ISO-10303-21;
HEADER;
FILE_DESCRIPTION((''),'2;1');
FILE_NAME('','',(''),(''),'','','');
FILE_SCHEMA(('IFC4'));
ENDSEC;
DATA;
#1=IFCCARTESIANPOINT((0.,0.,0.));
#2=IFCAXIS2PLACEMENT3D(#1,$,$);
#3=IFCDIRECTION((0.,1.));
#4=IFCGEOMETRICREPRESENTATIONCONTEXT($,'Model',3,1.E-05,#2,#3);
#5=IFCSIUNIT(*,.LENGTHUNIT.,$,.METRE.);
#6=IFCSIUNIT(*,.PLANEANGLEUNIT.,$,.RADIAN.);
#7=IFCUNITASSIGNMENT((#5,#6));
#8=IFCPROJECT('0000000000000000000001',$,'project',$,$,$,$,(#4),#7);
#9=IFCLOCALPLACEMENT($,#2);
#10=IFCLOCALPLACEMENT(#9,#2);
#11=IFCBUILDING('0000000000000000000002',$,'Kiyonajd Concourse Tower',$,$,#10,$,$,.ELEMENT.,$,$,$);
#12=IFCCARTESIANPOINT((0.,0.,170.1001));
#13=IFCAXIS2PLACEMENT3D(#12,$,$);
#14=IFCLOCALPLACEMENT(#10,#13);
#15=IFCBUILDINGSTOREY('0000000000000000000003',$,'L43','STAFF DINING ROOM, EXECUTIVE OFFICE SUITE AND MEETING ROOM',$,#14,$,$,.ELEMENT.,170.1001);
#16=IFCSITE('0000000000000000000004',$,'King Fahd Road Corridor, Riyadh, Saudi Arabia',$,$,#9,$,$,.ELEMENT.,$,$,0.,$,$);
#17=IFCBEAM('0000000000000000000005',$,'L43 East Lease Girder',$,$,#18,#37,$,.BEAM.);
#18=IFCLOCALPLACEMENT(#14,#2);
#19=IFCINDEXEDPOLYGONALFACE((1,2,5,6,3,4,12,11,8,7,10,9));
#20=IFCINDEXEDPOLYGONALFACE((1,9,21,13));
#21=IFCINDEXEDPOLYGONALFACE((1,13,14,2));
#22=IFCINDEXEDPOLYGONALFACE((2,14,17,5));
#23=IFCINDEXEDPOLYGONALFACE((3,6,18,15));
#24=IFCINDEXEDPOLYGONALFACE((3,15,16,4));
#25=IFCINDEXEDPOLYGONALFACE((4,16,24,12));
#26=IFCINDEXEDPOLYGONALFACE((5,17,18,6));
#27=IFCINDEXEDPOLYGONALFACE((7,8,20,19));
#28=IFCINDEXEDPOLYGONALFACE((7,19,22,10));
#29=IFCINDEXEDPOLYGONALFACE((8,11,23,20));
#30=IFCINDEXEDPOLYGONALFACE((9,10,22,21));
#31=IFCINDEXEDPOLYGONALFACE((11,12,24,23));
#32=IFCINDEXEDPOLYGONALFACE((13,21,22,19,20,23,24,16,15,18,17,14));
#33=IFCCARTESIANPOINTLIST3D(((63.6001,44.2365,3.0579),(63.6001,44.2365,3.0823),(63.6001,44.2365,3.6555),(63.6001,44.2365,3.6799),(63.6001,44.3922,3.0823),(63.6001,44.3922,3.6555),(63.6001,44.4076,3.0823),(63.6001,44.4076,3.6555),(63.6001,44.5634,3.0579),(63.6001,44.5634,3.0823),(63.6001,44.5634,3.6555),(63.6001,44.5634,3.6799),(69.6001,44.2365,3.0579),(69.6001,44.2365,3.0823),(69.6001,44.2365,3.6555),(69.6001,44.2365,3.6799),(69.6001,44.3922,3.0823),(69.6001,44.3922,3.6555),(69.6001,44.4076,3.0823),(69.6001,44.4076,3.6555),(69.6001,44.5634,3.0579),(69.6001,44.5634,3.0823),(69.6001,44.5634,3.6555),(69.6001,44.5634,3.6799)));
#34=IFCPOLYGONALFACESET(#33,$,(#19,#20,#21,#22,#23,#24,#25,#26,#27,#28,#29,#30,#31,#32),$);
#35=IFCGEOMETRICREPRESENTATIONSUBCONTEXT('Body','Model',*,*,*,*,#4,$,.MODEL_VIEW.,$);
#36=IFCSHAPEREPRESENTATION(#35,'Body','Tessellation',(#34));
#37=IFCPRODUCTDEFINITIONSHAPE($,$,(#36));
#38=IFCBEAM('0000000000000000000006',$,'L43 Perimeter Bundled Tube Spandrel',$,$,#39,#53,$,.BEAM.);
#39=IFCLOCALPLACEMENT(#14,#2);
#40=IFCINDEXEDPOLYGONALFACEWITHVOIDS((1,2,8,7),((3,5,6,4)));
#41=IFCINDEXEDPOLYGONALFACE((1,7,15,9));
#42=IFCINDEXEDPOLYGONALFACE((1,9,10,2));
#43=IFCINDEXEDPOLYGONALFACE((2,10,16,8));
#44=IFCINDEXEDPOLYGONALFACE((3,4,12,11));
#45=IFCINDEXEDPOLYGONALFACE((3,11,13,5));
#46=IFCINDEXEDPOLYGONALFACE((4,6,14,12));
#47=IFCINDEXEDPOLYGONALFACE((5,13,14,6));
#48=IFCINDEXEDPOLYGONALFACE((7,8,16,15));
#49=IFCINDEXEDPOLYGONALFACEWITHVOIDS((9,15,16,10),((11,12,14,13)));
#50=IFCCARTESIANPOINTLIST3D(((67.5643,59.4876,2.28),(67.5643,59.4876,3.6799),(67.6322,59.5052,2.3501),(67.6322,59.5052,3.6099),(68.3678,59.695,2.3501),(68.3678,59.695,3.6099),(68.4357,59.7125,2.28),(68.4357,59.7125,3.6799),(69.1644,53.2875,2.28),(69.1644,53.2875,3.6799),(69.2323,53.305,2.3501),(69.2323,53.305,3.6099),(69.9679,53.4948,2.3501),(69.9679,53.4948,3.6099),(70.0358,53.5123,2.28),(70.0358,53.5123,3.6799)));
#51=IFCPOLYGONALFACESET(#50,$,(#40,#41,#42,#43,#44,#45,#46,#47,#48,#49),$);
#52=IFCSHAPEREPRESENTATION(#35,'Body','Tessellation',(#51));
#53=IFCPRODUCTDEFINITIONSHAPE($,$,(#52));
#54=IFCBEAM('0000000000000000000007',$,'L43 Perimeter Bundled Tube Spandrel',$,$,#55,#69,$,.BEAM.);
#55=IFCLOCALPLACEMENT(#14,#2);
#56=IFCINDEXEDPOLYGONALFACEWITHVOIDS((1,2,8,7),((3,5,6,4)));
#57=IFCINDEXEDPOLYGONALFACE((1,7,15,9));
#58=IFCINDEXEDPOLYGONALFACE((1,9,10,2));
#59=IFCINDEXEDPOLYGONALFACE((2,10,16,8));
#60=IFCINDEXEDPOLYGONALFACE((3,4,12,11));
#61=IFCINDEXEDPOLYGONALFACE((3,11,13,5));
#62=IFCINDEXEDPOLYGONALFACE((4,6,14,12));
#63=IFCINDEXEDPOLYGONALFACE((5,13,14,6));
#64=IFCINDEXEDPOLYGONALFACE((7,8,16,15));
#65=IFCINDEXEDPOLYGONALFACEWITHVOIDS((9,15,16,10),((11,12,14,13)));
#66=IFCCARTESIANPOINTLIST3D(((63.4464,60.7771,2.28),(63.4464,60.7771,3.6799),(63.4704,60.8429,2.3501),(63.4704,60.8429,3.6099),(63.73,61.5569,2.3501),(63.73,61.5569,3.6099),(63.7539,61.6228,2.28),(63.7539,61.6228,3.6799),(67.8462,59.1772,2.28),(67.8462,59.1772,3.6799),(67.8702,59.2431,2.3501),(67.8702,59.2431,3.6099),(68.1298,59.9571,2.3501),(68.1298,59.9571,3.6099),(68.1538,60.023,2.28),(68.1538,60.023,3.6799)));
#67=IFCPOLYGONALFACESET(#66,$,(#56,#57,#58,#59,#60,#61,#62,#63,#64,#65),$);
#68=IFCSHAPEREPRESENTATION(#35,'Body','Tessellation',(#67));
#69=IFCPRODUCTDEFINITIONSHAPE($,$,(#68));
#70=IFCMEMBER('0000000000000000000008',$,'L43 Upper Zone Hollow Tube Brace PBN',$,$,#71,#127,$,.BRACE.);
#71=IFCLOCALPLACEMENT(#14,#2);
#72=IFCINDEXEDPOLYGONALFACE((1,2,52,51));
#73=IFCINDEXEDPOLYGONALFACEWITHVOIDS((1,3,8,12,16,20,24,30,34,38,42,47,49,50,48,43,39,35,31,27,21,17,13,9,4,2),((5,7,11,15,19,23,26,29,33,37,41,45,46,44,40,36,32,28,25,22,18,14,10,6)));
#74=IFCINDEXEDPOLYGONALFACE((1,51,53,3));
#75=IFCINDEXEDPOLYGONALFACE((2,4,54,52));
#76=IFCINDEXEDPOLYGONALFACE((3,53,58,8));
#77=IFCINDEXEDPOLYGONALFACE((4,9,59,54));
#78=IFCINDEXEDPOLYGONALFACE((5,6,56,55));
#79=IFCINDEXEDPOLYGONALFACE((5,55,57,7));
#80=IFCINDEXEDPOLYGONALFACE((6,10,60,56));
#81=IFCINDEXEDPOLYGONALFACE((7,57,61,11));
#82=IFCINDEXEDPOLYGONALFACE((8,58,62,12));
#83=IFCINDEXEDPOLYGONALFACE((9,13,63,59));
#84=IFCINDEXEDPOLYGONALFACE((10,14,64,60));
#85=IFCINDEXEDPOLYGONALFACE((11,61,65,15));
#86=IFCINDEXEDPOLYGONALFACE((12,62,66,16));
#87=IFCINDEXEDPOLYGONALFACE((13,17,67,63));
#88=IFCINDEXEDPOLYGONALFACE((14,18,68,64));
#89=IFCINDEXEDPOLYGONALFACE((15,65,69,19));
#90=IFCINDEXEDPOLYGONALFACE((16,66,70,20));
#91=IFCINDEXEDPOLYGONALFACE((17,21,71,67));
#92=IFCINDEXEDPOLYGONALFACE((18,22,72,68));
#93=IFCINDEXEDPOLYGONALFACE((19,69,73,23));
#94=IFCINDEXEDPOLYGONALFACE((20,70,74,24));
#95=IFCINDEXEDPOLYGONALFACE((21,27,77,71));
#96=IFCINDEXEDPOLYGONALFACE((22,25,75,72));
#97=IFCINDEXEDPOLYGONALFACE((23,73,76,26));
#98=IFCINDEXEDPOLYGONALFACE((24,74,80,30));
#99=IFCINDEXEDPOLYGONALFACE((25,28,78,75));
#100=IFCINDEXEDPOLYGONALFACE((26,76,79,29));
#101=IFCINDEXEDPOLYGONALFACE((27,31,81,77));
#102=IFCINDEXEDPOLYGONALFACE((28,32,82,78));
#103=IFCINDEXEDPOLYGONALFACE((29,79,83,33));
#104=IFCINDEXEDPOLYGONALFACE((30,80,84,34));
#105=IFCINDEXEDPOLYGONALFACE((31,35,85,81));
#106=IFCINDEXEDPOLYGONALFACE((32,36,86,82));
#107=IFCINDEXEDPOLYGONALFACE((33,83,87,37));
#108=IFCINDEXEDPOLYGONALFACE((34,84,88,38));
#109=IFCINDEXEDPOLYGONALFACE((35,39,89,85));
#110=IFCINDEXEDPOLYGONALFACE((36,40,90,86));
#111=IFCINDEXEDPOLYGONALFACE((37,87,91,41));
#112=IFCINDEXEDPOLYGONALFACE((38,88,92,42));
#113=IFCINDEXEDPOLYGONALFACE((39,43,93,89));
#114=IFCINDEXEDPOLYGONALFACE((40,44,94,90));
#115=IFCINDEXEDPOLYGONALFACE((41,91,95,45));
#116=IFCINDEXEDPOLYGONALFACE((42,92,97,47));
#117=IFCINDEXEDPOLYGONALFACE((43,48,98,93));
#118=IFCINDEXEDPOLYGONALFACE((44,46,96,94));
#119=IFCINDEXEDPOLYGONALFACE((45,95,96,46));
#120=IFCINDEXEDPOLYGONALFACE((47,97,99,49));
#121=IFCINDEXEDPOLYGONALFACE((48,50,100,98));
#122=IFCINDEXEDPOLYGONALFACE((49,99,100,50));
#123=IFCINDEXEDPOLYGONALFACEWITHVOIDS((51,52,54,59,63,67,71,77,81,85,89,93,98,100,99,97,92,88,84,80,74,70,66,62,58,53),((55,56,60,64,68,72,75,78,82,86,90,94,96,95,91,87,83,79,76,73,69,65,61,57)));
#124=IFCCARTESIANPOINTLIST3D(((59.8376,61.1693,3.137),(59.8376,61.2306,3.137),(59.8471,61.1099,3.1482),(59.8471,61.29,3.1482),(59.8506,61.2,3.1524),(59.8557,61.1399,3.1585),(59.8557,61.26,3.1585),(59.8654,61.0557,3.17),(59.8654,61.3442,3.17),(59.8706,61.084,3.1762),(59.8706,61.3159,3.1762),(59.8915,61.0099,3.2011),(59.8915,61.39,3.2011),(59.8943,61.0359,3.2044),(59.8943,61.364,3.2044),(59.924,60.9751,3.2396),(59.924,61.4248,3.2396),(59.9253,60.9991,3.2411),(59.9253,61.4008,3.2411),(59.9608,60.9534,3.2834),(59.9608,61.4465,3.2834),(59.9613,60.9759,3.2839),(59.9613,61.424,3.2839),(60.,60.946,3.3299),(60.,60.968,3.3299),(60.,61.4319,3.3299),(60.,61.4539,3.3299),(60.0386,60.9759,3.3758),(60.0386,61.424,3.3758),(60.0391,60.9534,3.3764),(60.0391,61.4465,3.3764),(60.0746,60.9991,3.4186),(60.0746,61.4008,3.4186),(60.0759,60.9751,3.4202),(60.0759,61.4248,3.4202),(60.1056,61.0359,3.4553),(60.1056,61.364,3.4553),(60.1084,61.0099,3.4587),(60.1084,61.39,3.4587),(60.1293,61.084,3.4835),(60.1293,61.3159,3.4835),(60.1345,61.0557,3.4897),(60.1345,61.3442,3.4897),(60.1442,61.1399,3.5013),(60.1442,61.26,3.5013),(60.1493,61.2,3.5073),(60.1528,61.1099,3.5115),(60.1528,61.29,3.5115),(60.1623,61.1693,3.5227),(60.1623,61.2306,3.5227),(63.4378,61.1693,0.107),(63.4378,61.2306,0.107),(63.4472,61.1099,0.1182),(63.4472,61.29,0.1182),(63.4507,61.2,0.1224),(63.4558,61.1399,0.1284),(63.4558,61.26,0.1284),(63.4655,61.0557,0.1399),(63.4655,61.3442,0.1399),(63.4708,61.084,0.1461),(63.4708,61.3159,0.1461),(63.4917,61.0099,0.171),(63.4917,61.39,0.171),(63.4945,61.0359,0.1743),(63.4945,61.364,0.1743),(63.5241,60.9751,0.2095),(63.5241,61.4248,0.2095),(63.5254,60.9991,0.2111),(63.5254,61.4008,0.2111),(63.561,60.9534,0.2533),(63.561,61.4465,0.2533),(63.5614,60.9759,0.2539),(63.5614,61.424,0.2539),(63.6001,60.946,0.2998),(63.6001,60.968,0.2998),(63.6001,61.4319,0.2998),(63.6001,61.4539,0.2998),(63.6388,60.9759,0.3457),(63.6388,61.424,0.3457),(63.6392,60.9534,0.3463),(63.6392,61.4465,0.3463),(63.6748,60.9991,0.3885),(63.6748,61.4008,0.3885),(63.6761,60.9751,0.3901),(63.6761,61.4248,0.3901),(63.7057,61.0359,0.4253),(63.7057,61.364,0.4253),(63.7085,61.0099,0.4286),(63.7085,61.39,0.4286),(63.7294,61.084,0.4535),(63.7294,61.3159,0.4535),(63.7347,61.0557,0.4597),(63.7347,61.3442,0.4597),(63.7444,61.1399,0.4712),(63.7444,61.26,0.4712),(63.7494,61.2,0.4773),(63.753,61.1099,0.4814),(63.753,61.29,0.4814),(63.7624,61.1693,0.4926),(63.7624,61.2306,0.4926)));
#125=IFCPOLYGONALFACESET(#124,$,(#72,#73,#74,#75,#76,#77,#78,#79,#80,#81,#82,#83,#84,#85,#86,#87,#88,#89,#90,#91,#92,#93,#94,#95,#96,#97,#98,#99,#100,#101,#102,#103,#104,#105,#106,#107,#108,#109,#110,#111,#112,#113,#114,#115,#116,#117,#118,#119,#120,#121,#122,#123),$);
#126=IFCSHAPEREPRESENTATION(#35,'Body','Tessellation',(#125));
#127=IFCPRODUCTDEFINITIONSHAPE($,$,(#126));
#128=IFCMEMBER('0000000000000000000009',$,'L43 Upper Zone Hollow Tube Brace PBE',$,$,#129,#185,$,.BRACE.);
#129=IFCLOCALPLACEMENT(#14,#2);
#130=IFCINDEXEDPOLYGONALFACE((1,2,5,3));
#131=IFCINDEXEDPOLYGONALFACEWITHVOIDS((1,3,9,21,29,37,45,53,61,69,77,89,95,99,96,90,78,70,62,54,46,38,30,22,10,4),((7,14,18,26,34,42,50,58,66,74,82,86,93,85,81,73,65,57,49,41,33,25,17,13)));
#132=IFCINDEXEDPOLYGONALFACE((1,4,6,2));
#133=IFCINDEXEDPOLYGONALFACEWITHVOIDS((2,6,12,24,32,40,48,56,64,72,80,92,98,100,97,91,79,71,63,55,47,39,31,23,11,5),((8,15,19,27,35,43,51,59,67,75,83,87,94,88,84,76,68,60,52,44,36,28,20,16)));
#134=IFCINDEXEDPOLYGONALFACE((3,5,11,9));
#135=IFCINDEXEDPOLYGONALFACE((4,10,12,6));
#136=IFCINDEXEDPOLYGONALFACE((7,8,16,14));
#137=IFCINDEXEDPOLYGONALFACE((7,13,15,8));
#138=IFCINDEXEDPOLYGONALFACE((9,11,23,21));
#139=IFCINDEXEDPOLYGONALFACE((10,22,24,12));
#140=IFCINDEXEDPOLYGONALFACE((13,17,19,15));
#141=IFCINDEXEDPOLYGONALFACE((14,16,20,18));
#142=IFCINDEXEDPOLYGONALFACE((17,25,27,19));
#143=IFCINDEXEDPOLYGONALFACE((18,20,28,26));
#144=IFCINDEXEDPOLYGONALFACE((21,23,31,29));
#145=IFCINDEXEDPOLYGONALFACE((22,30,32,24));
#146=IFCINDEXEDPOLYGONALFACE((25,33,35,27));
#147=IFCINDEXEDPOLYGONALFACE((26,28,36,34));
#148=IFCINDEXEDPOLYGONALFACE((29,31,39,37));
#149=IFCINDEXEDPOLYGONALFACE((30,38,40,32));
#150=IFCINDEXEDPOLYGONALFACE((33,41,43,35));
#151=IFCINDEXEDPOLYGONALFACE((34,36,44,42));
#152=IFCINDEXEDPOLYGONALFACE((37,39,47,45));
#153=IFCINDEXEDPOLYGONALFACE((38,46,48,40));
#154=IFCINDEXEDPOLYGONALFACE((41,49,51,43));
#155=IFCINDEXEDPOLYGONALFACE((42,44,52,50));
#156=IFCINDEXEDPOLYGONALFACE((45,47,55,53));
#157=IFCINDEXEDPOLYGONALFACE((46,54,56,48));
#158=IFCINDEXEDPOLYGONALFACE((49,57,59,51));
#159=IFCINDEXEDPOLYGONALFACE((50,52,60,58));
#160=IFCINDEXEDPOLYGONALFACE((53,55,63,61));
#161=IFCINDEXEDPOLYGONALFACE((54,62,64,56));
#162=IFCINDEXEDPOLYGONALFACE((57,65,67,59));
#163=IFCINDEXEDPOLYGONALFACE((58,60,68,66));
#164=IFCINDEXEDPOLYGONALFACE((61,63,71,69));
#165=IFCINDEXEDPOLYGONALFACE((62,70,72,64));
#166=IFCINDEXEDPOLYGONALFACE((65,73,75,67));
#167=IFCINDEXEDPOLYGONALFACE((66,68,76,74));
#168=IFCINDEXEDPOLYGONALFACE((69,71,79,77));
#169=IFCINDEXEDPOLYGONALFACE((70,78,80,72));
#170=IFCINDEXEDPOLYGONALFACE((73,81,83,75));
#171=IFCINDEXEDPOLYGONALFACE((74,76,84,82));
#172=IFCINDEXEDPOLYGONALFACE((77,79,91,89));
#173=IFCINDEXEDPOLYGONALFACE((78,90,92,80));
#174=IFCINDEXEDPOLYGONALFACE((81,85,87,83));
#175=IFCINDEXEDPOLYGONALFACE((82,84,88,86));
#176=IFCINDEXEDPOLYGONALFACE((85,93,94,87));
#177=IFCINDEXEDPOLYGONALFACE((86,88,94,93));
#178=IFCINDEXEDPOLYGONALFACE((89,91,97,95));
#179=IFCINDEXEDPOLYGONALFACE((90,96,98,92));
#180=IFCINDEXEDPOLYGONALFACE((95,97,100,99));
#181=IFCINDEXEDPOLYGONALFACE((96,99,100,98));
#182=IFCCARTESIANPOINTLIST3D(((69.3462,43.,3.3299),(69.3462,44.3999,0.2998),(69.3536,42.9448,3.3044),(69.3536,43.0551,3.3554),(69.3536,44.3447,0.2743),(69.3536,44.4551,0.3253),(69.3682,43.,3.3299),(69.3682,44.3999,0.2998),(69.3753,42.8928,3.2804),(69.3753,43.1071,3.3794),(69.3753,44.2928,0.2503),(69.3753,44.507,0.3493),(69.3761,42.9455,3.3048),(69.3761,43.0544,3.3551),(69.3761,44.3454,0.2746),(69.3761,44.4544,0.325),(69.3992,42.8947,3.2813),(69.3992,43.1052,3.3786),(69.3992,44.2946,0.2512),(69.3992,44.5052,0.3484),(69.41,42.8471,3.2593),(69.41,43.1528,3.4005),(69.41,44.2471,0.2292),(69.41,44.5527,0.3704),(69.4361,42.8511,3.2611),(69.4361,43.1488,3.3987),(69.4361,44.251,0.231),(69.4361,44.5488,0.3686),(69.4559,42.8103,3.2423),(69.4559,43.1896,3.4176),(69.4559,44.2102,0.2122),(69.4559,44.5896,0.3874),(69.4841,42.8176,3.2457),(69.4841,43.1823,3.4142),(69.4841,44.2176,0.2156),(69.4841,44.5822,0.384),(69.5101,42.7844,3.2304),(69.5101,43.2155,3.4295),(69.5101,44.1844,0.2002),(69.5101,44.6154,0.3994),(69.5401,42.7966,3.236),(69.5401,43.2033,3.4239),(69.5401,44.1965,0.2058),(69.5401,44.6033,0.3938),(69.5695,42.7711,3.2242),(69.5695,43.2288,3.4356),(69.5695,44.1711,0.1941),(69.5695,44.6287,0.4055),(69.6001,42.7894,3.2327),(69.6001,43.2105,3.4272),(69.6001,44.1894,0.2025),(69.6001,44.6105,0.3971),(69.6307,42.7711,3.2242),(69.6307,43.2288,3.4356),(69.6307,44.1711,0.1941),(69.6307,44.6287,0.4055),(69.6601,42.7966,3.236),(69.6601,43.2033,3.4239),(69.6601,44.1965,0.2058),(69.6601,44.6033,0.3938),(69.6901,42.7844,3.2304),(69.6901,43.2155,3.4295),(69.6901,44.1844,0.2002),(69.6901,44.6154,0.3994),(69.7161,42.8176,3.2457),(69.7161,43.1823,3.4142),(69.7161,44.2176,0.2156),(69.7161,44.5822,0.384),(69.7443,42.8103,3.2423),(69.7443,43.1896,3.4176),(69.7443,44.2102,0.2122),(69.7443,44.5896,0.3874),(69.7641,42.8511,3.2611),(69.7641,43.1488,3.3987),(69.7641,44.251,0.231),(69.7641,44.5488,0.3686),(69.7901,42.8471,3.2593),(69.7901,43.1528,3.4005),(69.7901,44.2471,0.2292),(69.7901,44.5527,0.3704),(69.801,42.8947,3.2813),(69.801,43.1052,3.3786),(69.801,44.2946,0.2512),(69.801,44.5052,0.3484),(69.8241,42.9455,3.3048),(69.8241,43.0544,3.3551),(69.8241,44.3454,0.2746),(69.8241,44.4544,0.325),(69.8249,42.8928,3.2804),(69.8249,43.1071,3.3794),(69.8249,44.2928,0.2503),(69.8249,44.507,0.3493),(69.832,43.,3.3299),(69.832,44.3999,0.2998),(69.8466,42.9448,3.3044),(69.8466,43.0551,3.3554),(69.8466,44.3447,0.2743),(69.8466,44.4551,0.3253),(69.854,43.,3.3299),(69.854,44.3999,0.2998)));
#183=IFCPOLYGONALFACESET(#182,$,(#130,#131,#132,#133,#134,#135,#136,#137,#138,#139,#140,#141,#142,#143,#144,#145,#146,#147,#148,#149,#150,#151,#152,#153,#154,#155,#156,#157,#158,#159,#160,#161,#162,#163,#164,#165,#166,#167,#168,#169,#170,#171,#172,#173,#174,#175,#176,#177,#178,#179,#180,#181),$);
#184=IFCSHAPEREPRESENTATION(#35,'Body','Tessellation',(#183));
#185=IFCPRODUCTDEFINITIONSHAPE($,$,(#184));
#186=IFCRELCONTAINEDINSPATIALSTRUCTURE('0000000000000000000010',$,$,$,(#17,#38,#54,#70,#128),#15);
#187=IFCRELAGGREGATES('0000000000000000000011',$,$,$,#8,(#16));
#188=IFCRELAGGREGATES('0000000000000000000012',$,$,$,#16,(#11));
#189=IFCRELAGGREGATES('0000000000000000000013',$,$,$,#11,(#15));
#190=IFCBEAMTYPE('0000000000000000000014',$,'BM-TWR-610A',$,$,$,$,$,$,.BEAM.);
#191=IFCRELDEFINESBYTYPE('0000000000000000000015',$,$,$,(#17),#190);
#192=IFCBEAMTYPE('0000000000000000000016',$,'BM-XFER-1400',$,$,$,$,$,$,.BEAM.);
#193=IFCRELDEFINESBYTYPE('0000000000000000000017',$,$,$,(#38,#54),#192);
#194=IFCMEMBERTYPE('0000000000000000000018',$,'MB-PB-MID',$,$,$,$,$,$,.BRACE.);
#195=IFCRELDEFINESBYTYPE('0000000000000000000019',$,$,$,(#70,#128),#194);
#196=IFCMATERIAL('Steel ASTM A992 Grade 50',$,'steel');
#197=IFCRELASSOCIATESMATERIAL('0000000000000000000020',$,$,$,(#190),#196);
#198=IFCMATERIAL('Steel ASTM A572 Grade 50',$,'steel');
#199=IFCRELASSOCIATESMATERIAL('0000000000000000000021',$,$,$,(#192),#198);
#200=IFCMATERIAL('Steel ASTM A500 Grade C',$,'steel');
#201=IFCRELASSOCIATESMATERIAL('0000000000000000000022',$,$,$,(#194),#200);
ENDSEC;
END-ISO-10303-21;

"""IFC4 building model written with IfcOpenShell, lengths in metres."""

from ifc_helpers import new_model, si_unit, direction, frame, origin, origin_2d, place, context, subcontext, project, spatial, hollow_rectangle, hollow_circle, i_section, extrude, material, material_profile, profile_set, type_object, element, save


model = new_model("IFC4")

# Units and contexts
model_context = context("Model", 3, precision=1e-05, world=origin(), true_north=direction((0.0, 1.0)))
body_context = subcontext(model_context, "Body", "Model", "MODEL_VIEW")
ifc_project = project(units=[si_unit("LENGTHUNIT", "METRE"), si_unit("PLANEANGLEUNIT", "RADIAN")], contexts=[model_context])

# Site, building, storey
site_placement = place(None, origin())
site = spatial("IfcSite", under=ifc_project, at=site_placement, Name="King Fahd Road Corridor, Riyadh, Saudi Arabia", CompositionType="ELEMENT", RefElevation=0.0)
building_placement = place(site_placement, origin())
building = spatial("IfcBuilding", under=site, at=building_placement, Name="Kiyonajd Concourse Tower", CompositionType="ELEMENT")
storey_placement = place(building_placement, frame((0.0, 0.0, 170.1001)))
storey = spatial("IfcBuildingStorey", under=building, at=storey_placement, Name="L43", Description="STAFF DINING ROOM, EXECUTIVE OFFICE SUITE AND MEETING ROOM", CompositionType="ELEMENT", Elevation=170.1001)

# Beams
ifc_material_1 = material(Name="Steel ASTM A992 Grade 50", Category="steel")
ifc_material_profile_1 = material_profile(ifc_material_1, i_section(OverallWidth=0.3269, OverallDepth=0.6221, WebThickness=0.0154, FlangeThickness=0.0244, at=origin_2d()), Name="W610X195")
ifc_profile_set_1 = profile_set([ifc_material_profile_1], Name="Steel ASTM A992 Grade 50")
beam_type_1 = type_object("IfcBeamType", Name="BM-TWR-610A", PredefinedType="BEAM", material=ifc_profile_set_1)
beam_1_placement = place(storey_placement, frame((63.6001, 44.3999, 3.3689), z_axis=(1.0, 0.0, 0.0), x_axis=(0.0, 1.0, 0.0)))
element("IfcBeam", 1, at=beam_1_placement, inside=storey, type_object=beam_type_1, Name="L43 East Lease Girder", PredefinedType="BEAM", context=body_context, shape_type="SweptSolid", body=[
    extrude(i_section(OverallWidth=0.3269, OverallDepth=0.6221, WebThickness=0.0154, FlangeThickness=0.0244, at=origin_2d()), origin(), (0.0, 0.0, 1.0), 6.0),
])
ifc_material_2 = material(Name="Steel ASTM A572 Grade 50", Category="steel")
ifc_material_profile_2 = material_profile(ifc_material_2, hollow_rectangle(XDim=0.8999, YDim=1.3999, WallThickness=0.0701, at=origin_2d()), Name="BOX-1400x900x70")
ifc_profile_set_2 = profile_set([ifc_material_profile_2], Name="Steel ASTM A572 Grade 50")
beam_type_2 = type_object("IfcBeamType", Name="BM-XFER-1400", PredefinedType="BEAM", material=ifc_profile_set_2)
beam_2_placement = place(storey_placement, frame((69.6001, 53.3999, 2.98), z_axis=(-0.249885, 0.968276, 0.0), x_axis=(-0.968276, -0.249885, 0.0)))
element("IfcBeam", 2, at=beam_2_placement, inside=storey, type_object=beam_type_2, Name="L43 Perimeter Bundled Tube Spandrel", PredefinedType="BEAM", context=body_context, shape_type="SweptSolid", body=[
    extrude(hollow_rectangle(XDim=0.8999, YDim=1.3999, WallThickness=0.0701, at=origin_2d()), origin(), (0.0, 0.0, 1.0), 6.4033),
])
beam_3_placement = place(storey_placement, frame((68.0, 59.6001, 2.98), z_axis=(-0.939801, 0.341722, 0.0), x_axis=(-0.341722, -0.939801, 0.0)))
element("IfcBeam", 3, at=beam_3_placement, inside=storey, type_object=beam_type_2, Name="L43 Perimeter Bundled Tube Spandrel", PredefinedType="BEAM", context=body_context, shape_type="SweptSolid", body=[
    extrude(hollow_rectangle(XDim=0.8999, YDim=1.3999, WallThickness=0.0701, at=origin_2d()), origin(), (0.0, 0.0, 1.0), 4.6816),
])

# Members
ifc_material_3 = material(Name="Steel ASTM A500 Grade C", Category="steel")
ifc_material_profile_3 = material_profile(ifc_material_3, hollow_circle(Radius=0.2539, WallThickness=0.022, at=origin_2d()), Name="CHS-508x22")
ifc_profile_set_3 = profile_set([ifc_material_profile_3], Name="Steel ASTM A500 Grade C")
member_type = type_object("IfcMemberType", Name="MB-PB-MID", PredefinedType="BRACE", material=ifc_profile_set_3)
member_1_placement = place(storey_placement, frame((63.6001, 61.2, 0.2998), z_axis=(-0.765082, 0.0, 0.643933), x_axis=(0.0, -1.0, 0.0)))
element("IfcMember", 4, at=member_1_placement, inside=storey, type_object=member_type, Name="L43 Upper Zone Hollow Tube Brace PBN", PredefinedType="BRACE", context=body_context, shape_type="SweptSolid", body=[
    extrude(hollow_circle(Radius=0.2539, WallThickness=0.022, at=origin_2d()), origin(), (0.0, 0.0, 1.0), 4.7056),
])
member_2_placement = place(storey_placement, frame((69.6001, 44.3999, 0.2998), z_axis=(0.0, -0.419411, 0.907797), x_axis=(1.0, 0.0, 0.0)))
element("IfcMember", 5, at=member_2_placement, inside=storey, type_object=member_type, Name="L43 Upper Zone Hollow Tube Brace PBE", PredefinedType="BRACE", context=body_context, shape_type="SweptSolid", body=[
    extrude(hollow_circle(Radius=0.2539, WallThickness=0.022, at=origin_2d()), origin(), (0.0, 0.0, 1.0), 3.3379),
])

save(model, "model.ifc")
